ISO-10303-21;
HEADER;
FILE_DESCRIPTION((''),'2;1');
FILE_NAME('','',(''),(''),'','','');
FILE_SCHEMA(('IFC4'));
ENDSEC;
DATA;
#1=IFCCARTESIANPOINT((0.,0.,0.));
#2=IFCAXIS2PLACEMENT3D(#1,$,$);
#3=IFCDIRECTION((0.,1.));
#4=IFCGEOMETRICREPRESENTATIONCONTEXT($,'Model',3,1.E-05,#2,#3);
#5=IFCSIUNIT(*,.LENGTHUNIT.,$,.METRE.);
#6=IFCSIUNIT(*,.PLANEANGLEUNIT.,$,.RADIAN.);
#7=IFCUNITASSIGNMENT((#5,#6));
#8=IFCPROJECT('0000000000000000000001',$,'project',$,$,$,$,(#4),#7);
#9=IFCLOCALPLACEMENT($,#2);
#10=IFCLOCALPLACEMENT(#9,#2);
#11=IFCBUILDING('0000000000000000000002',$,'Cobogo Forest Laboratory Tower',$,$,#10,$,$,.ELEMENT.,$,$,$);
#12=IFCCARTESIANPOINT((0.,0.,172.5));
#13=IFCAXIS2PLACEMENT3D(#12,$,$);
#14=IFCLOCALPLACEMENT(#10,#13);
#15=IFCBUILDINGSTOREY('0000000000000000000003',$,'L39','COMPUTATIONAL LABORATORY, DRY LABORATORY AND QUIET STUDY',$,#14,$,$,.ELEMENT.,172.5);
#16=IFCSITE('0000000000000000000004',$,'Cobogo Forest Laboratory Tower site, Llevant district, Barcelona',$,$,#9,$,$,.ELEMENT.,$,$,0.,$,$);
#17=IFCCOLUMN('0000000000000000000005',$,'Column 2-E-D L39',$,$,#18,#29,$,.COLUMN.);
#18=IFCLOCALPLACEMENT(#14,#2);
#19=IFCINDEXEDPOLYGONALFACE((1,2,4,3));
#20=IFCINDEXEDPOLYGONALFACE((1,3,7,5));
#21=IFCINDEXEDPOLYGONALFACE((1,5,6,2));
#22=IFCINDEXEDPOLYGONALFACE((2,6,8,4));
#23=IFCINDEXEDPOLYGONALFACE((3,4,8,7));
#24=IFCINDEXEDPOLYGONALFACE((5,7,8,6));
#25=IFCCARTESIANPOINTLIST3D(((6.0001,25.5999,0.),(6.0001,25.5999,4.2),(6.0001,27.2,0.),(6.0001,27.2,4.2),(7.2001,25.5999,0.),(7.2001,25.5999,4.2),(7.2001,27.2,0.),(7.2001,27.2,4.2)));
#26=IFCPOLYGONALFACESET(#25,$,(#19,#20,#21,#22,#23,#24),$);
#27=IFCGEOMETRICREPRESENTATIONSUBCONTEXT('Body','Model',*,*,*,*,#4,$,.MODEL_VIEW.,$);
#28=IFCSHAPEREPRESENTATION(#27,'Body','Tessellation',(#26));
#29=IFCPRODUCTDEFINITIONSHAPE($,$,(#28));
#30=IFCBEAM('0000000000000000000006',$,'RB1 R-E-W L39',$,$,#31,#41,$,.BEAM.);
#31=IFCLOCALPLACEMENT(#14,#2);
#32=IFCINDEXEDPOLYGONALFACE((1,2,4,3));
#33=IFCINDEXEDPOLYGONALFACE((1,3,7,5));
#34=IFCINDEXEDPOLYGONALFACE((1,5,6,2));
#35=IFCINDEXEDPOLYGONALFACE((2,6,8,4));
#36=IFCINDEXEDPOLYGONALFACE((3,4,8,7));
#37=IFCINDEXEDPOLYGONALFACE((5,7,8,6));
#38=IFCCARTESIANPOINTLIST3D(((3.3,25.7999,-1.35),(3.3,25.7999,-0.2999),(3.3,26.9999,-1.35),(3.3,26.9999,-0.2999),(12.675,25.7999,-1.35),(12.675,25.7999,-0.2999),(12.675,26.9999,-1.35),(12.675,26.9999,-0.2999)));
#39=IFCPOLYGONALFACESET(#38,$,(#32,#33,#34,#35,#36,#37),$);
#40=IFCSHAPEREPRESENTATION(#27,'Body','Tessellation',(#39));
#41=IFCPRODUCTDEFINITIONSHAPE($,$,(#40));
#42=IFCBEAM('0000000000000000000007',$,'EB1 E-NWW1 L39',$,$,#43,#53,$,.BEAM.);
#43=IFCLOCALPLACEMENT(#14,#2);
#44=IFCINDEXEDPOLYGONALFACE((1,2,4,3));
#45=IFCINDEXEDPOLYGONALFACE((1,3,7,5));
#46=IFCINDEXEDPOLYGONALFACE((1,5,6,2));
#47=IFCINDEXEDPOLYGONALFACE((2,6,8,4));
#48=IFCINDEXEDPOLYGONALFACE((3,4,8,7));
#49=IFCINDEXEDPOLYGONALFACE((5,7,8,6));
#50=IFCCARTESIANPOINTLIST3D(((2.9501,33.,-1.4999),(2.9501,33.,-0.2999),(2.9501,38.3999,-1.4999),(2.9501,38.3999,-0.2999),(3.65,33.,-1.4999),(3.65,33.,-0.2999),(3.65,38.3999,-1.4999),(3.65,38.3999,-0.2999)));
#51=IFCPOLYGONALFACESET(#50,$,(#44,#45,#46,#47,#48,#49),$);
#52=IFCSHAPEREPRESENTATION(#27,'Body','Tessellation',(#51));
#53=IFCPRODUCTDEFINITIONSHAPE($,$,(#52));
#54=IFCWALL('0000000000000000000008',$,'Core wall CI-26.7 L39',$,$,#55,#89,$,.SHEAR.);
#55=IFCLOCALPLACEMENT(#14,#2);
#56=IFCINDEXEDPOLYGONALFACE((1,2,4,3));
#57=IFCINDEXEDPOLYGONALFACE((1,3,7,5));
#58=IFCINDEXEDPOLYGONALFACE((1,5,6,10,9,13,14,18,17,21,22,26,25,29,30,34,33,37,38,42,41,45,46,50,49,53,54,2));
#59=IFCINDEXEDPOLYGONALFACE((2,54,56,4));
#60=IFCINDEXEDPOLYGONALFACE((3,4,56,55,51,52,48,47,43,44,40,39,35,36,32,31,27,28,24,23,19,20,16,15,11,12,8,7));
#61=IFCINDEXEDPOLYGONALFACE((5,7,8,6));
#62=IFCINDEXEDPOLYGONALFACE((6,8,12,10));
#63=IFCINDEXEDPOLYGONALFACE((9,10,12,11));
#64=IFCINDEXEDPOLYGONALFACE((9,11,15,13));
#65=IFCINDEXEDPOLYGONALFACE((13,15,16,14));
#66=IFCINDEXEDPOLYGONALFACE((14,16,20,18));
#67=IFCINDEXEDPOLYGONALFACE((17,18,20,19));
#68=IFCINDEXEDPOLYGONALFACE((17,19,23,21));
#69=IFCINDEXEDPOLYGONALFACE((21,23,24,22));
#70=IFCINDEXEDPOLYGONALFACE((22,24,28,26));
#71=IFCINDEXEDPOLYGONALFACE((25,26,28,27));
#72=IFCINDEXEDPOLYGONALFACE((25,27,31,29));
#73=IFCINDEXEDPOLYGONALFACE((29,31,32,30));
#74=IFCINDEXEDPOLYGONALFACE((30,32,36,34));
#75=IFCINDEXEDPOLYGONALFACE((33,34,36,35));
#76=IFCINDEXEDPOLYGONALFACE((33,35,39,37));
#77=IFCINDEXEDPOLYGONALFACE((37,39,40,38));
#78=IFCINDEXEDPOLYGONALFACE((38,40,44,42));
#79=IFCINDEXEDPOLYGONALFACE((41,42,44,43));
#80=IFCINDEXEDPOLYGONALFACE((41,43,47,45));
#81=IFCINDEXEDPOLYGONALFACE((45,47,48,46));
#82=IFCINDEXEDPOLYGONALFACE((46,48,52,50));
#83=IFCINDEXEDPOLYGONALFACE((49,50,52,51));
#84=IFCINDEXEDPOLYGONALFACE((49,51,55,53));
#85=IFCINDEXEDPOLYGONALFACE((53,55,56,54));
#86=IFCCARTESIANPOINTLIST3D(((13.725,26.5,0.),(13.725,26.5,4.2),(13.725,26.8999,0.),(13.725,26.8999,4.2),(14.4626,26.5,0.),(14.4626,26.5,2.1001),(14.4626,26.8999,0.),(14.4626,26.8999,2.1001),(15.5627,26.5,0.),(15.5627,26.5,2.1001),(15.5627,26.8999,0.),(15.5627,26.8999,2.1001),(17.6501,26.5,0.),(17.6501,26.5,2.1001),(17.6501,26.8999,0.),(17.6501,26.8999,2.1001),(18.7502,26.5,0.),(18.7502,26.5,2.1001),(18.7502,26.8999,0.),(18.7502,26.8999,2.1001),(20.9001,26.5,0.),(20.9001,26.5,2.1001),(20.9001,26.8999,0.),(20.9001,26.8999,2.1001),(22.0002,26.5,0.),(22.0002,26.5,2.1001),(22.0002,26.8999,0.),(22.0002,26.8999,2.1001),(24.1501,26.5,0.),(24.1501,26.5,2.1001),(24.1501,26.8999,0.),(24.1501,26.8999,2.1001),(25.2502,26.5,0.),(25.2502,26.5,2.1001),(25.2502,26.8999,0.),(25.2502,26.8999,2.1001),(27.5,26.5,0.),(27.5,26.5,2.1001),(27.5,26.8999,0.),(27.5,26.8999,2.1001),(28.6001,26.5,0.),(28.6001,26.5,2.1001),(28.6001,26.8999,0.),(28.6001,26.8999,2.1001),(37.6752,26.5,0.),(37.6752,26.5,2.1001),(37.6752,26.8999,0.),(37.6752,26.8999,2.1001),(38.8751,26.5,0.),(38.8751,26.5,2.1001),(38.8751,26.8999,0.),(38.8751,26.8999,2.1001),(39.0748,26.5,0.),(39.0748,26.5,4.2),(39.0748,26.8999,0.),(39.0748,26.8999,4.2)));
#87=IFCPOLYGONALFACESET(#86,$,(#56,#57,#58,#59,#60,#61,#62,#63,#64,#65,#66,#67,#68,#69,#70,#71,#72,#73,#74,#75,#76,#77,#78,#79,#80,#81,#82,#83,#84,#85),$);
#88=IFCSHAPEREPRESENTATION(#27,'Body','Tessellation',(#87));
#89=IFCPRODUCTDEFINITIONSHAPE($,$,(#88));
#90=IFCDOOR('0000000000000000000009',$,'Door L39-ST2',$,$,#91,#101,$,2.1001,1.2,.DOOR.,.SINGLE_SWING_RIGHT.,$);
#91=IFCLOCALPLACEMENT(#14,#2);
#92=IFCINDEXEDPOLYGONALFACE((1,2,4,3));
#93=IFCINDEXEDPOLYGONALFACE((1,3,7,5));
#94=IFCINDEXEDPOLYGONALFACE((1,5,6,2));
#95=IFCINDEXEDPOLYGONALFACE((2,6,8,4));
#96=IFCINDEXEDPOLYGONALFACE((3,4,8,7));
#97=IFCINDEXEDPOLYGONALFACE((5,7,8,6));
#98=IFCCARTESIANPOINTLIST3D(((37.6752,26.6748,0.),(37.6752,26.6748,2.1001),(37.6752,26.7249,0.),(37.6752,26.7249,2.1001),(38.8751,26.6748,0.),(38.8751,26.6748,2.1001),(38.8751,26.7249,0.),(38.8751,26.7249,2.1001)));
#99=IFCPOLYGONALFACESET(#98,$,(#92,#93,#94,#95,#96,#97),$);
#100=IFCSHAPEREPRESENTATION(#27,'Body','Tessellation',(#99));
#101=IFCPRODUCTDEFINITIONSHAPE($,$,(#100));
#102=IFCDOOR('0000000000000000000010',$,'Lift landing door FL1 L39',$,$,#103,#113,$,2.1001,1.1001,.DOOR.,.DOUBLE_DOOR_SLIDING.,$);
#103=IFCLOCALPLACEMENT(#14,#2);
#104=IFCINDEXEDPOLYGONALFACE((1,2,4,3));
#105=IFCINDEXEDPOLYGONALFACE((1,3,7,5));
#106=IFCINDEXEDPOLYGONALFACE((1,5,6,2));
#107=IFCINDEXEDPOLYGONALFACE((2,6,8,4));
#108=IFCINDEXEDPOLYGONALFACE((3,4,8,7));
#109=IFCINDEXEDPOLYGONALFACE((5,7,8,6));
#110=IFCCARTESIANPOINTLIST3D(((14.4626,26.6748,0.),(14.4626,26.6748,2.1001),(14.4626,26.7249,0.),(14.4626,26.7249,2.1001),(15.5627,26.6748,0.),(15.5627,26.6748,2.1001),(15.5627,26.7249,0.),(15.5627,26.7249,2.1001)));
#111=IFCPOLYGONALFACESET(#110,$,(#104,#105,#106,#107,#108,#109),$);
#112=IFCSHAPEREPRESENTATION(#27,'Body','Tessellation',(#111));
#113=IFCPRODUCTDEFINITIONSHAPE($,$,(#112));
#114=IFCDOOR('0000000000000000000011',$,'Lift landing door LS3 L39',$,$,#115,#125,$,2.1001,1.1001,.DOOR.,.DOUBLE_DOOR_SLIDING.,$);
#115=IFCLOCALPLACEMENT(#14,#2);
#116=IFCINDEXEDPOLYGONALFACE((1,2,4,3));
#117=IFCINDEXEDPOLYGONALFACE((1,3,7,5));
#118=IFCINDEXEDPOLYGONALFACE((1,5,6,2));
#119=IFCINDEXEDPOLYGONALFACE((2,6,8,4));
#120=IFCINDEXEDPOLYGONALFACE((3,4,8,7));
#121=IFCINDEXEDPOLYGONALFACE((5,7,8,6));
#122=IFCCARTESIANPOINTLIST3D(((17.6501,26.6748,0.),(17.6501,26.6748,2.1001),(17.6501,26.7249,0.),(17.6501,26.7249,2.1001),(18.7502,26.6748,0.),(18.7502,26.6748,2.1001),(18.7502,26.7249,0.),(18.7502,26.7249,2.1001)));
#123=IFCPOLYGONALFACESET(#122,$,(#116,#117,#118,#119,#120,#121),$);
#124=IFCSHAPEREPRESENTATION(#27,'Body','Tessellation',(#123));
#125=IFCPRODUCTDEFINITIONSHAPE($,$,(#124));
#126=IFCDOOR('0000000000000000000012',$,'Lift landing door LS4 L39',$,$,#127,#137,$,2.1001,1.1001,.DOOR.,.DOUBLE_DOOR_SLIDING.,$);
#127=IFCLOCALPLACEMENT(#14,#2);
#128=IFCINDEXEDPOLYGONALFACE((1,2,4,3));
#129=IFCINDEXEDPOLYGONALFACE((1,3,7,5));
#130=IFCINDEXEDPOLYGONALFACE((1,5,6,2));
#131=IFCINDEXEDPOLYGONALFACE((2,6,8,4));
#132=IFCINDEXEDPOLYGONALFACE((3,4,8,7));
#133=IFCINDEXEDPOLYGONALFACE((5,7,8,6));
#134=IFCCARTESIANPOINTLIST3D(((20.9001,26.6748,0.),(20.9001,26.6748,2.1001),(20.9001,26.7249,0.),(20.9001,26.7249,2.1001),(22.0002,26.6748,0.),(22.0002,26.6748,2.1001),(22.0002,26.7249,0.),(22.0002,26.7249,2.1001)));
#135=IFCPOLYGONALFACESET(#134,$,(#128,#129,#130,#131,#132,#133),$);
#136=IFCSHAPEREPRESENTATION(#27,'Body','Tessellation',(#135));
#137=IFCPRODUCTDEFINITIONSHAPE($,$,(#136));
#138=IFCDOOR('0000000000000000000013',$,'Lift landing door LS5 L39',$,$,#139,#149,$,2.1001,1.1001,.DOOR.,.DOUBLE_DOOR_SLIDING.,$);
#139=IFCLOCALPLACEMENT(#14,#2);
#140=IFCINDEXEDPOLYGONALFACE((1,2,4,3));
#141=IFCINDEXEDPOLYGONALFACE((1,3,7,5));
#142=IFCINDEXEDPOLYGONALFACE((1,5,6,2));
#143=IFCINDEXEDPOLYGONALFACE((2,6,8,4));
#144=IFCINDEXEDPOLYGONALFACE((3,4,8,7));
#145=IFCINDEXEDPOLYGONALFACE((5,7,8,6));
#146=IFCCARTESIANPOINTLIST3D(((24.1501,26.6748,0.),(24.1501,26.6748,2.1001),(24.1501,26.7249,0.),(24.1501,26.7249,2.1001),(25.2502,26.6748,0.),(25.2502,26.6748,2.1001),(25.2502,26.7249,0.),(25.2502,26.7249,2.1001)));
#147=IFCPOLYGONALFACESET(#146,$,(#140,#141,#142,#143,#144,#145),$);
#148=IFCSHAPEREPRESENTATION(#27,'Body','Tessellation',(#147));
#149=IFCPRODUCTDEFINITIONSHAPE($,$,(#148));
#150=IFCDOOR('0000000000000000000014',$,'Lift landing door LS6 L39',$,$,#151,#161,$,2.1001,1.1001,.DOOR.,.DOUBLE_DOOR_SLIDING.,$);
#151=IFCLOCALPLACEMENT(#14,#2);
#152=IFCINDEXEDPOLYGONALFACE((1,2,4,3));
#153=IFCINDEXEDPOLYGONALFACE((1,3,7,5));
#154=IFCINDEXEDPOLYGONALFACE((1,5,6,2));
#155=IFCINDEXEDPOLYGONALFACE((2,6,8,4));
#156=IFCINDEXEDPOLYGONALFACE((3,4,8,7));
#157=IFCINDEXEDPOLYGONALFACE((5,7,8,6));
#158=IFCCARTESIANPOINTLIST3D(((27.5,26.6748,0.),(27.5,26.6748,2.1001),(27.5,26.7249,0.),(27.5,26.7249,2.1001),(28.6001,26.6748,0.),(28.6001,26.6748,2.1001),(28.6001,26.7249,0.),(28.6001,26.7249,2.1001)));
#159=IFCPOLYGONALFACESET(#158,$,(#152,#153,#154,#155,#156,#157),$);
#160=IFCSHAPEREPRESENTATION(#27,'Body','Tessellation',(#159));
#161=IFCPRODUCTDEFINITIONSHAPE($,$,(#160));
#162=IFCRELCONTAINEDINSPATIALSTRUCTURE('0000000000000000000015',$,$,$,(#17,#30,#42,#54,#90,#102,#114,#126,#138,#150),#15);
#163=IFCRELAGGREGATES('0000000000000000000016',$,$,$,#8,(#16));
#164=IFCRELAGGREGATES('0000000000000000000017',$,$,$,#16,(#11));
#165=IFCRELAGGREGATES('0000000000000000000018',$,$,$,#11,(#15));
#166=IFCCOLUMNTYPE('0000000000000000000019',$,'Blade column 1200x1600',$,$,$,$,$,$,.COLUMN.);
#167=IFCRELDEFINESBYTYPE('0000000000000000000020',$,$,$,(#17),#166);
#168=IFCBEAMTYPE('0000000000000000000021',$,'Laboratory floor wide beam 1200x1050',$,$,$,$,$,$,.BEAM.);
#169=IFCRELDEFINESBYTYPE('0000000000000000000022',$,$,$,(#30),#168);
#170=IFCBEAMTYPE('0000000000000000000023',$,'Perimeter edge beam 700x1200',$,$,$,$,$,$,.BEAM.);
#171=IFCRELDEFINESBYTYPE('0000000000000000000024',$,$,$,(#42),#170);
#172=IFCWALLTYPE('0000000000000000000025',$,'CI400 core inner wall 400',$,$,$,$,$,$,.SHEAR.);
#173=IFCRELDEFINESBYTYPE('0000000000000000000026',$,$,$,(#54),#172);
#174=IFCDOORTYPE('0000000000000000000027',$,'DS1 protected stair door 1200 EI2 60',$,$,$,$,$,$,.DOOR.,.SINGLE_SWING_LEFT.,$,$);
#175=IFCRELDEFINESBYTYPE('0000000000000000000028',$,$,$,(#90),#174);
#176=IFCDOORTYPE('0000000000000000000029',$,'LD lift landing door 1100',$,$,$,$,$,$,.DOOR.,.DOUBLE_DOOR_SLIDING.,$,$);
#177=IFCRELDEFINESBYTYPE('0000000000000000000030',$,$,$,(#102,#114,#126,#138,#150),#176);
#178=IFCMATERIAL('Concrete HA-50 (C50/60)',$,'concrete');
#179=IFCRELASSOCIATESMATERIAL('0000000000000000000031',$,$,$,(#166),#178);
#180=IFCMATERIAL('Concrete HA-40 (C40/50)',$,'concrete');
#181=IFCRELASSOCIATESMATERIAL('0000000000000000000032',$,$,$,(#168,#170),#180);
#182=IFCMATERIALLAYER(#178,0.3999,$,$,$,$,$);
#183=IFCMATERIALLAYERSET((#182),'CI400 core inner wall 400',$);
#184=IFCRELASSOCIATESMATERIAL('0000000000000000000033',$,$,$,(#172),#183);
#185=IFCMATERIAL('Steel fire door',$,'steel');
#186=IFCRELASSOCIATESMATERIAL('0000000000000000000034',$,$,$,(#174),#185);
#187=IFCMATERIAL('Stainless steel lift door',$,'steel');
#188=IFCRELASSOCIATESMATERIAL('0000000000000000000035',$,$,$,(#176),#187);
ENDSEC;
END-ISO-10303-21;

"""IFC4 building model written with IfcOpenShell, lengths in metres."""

from ifc_helpers import new_model, si_unit, direction, frame, frame_2d, origin, origin_2d, place, context, subcontext, project, spatial, rectangle, extrude, material, layer, layer_set, material_profile, profile_set, type_object, element, fill, save


model = new_model("IFC4")

# Units and contexts
model_context = context("Model", 3, precision=1e-05, world=origin(), true_north=direction((0.0, 1.0)))
body_context = subcontext(model_context, "Body", "Model", "MODEL_VIEW")
ifc_project = project(units=[si_unit("LENGTHUNIT", "METRE"), si_unit("PLANEANGLEUNIT", "RADIAN")], contexts=[model_context])

# Site, building, storey
site_placement = place(None, origin())
site = spatial("IfcSite", under=ifc_project, at=site_placement, Name="Cobogo Forest Laboratory Tower site, Llevant district, Barcelona", CompositionType="ELEMENT", RefElevation=0.0)
building_placement = place(site_placement, origin())
building = spatial("IfcBuilding", under=site, at=building_placement, Name="Cobogo Forest Laboratory Tower", CompositionType="ELEMENT")
storey_placement = place(building_placement, frame((0.0, 0.0, 172.5)))
storey = spatial("IfcBuildingStorey", under=building, at=storey_placement, Name="L39", Description="COMPUTATIONAL LABORATORY, DRY LABORATORY AND QUIET STUDY", CompositionType="ELEMENT", Elevation=172.5)

# Column
ifc_material_1 = material(Name="Concrete HA-50 (C50/60)", Category="concrete")
ifc_material_profile_1 = material_profile(ifc_material_1, rectangle(XDim=1.6001, YDim=1.2, at=origin_2d()), Name="RC 1200x1600")
ifc_profile_set_1 = profile_set([ifc_material_profile_1], Name="Concrete HA-50 (C50/60)")
column_type = type_object("IfcColumnType", Name="Blade column 1200x1600", PredefinedType="COLUMN", material=ifc_profile_set_1)
column_placement = place(storey_placement, frame((6.6001, 26.3999, 0.0), z_axis=(0.0, 0.0, 1.0), x_axis=(0.0, 1.0, 0.0)))
element("IfcColumn", 1, at=column_placement, inside=storey, type_object=column_type, Name="Column 2-E-D L39", PredefinedType="COLUMN", context=body_context, shape_type="SweptSolid", body=[
    extrude(rectangle(XDim=1.6001, YDim=1.2, at=origin_2d()), origin(), (0.0, 0.0, 1.0), 4.2),
])

# Beams
ifc_material_2 = material(Name="Concrete HA-40 (C40/50)", Category="concrete")
ifc_material_profile_2 = material_profile(ifc_material_2, rectangle(XDim=1.2, YDim=1.05, at=origin_2d()), Name="RC 1200x1050")
ifc_profile_set_2 = profile_set([ifc_material_profile_2], Name="Concrete HA-40 (C40/50)")
beam_type_1 = type_object("IfcBeamType", Name="Laboratory floor wide beam 1200x1050", PredefinedType="BEAM", material=ifc_profile_set_2)
beam_1_placement = place(storey_placement, frame((12.675, 26.3999, -0.825), z_axis=(-1.0, 0.0, 0.0), x_axis=(0.0, -1.0, 0.0)))
element("IfcBeam", 2, at=beam_1_placement, inside=storey, type_object=beam_type_1, Name="RB1 R-E-W L39", PredefinedType="BEAM", context=body_context, shape_type="SweptSolid", body=[
    extrude(rectangle(XDim=1.2, YDim=1.05, at=origin_2d()), origin(), (0.0, 0.0, 1.0), 9.375),
])
ifc_material_profile_3 = material_profile(ifc_material_2, rectangle(XDim=0.7, YDim=1.2, at=origin_2d()), Name="RC 700x1200")
ifc_profile_set_3 = profile_set([ifc_material_profile_3], Name="Concrete HA-40 (C40/50)")
beam_type_2 = type_object("IfcBeamType", Name="Perimeter edge beam 700x1200", PredefinedType="BEAM", material=ifc_profile_set_3)
beam_2_placement = place(storey_placement, frame((3.3, 33.0, -0.8999), z_axis=(0.0, 1.0, 0.0), x_axis=(-1.0, 0.0, 0.0)))
element("IfcBeam", 3, at=beam_2_placement, inside=storey, type_object=beam_type_2, Name="EB1 E-NWW1 L39", PredefinedType="BEAM", context=body_context, shape_type="SweptSolid", body=[
    extrude(rectangle(XDim=0.7, YDim=1.2, at=origin_2d()), origin(), (0.0, 0.0, 1.0), 5.3999),
])

# Wall, openings, doors
ifc_layer_1 = layer(ifc_material_1, 0.3999)
ifc_layer_set_1 = layer_set([ifc_layer_1], Name="CI400 core inner wall 400")
wall_type_1 = type_object("IfcWallType", Name="CI400 core inner wall 400", PredefinedType="SHEAR", material=ifc_layer_set_1)
wall_1_placement = place(storey_placement, frame((13.7251, 26.7, 0.0), z_axis=(0.0, 0.0, 1.0), x_axis=(1.0, 0.0, 0.0)))
wall_1 = element("IfcWall", 4, at=wall_1_placement, inside=storey, type_object=wall_type_1, Name="Core wall CI-26.7 L39", PredefinedType="SHEAR", context=body_context, shape_type="SweptSolid", body=[
    extrude(rectangle(XDim=25.3499, YDim=0.3999, at=frame_2d((12.6748, 0.0))), origin(), (0.0, 0.0, 1.0), 4.2),
])
opening_1_placement = place(wall_1_placement, frame((23.95, 0.0, 0.0)))
opening_1 = element("IfcOpeningElement", 5, at=opening_1_placement, cuts=wall_1, PredefinedType="OPENING", context=body_context, shape_type="SweptSolid", body=[
    extrude(rectangle(XDim=1.2, YDim=2.1001, at=frame_2d((0.6001, 1.05))), frame((0.0, 0.21, 0.0), z_axis=(0.0, -1.0, 0.0), x_axis=(1.0, 0.0, 0.0)), (0.0, 0.0, 1.0), 0.4199),
])
opening_2_placement = place(wall_1_placement, frame((0.7375, 0.0, 0.0)))
opening_2 = element("IfcOpeningElement", 6, at=opening_2_placement, cuts=wall_1, PredefinedType="OPENING", context=body_context, shape_type="SweptSolid", body=[
    extrude(rectangle(XDim=1.1001, YDim=2.1001, at=frame_2d((0.55, 1.05))), frame((0.0, 0.21, 0.0), z_axis=(0.0, -1.0, 0.0), x_axis=(1.0, 0.0, 0.0)), (0.0, 0.0, 1.0), 0.4199),
])
opening_3_placement = place(wall_1_placement, frame((3.925, 0.0, 0.0)))
opening_3 = element("IfcOpeningElement", 7, at=opening_3_placement, cuts=wall_1, PredefinedType="OPENING", context=body_context, shape_type="SweptSolid", body=[
    extrude(rectangle(XDim=1.1001, YDim=2.1001, at=frame_2d((0.55, 1.05))), frame((0.0, 0.21, 0.0), z_axis=(0.0, -1.0, 0.0), x_axis=(1.0, 0.0, 0.0)), (0.0, 0.0, 1.0), 0.4199),
])
opening_4_placement = place(wall_1_placement, frame((7.175, 0.0, 0.0)))
opening_4 = element("IfcOpeningElement", 8, at=opening_4_placement, cuts=wall_1, PredefinedType="OPENING", context=body_context, shape_type="SweptSolid", body=[
    extrude(rectangle(XDim=1.1001, YDim=2.1001, at=frame_2d((0.55, 1.05))), frame((0.0, 0.21, 0.0), z_axis=(0.0, -1.0, 0.0), x_axis=(1.0, 0.0, 0.0)), (0.0, 0.0, 1.0), 0.4199),
])
opening_5_placement = place(wall_1_placement, frame((10.425, 0.0, 0.0)))
opening_5 = element("IfcOpeningElement", 9, at=opening_5_placement, cuts=wall_1, PredefinedType="OPENING", context=body_context, shape_type="SweptSolid", body=[
    extrude(rectangle(XDim=1.1001, YDim=2.1001, at=frame_2d((0.55, 1.05))), frame((0.0, 0.21, 0.0), z_axis=(0.0, -1.0, 0.0), x_axis=(1.0, 0.0, 0.0)), (0.0, 0.0, 1.0), 0.4199),
])
opening_6_placement = place(wall_1_placement, frame((13.7749, 0.0, 0.0)))
opening_6 = element("IfcOpeningElement", 10, at=opening_6_placement, cuts=wall_1, PredefinedType="OPENING", context=body_context, shape_type="SweptSolid", body=[
    extrude(rectangle(XDim=1.1001, YDim=2.1001, at=frame_2d((0.55, 1.05))), frame((0.0, 0.21, 0.0), z_axis=(0.0, -1.0, 0.0), x_axis=(1.0, 0.0, 0.0)), (0.0, 0.0, 1.0), 0.4199),
])
ifc_material_3 = material(Name="Steel fire door", Category="steel")
door_type_1 = type_object("IfcDoorType", Name="DS1 protected stair door 1200 EI2 60", OperationType="SINGLE_SWING_LEFT", PredefinedType="DOOR", material=ifc_material_3)
door_1_placement = place(opening_1_placement, origin())
door_1 = element("IfcDoor", 11, at=door_1_placement, inside=storey, type_object=door_type_1, Name="Door L39-ST2", OperationType="SINGLE_SWING_RIGHT", OverallHeight=2.1001, OverallWidth=1.2, PredefinedType="DOOR", context=body_context, shape_type="SweptSolid", body=[
    extrude(rectangle(XDim=1.2, YDim=2.1001, at=frame_2d((0.6001, 1.05))), frame((0.0, 0.0249, 0.0), z_axis=(0.0, -1.0, 0.0), x_axis=(1.0, 0.0, 0.0)), (0.0, 0.0, 1.0), 0.05),
])
fill(opening_1, door_1)
ifc_material_4 = material(Name="Stainless steel lift door", Category="steel")
door_type_2 = type_object("IfcDoorType", Name="LD lift landing door 1100", OperationType="DOUBLE_DOOR_SLIDING", PredefinedType="DOOR", material=ifc_material_4)
door_2_placement = place(opening_2_placement, origin())
door_2 = element("IfcDoor", 12, at=door_2_placement, inside=storey, type_object=door_type_2, Name="Lift landing door FL1 L39", OperationType="DOUBLE_DOOR_SLIDING", OverallHeight=2.1001, OverallWidth=1.1001, PredefinedType="DOOR", context=body_context, shape_type="SweptSolid", body=[
    extrude(rectangle(XDim=1.1001, YDim=2.1001, at=frame_2d((0.55, 1.05))), frame((0.0, 0.0249, 0.0), z_axis=(0.0, -1.0, 0.0), x_axis=(1.0, 0.0, 0.0)), (0.0, 0.0, 1.0), 0.05),
])
fill(opening_2, door_2)
door_3_placement = place(opening_3_placement, origin())
door_3 = element("IfcDoor", 13, at=door_3_placement, inside=storey, type_object=door_type_2, Name="Lift landing door LS3 L39", OperationType="DOUBLE_DOOR_SLIDING", OverallHeight=2.1001, OverallWidth=1.1001, PredefinedType="DOOR", context=body_context, shape_type="SweptSolid", body=[
    extrude(rectangle(XDim=1.1001, YDim=2.1001, at=frame_2d((0.55, 1.05))), frame((0.0, 0.0249, 0.0), z_axis=(0.0, -1.0, 0.0), x_axis=(1.0, 0.0, 0.0)), (0.0, 0.0, 1.0), 0.05),
])
fill(opening_3, door_3)
door_4_placement = place(opening_4_placement, origin())
door_4 = element("IfcDoor", 14, at=door_4_placement, inside=storey, type_object=door_type_2, Name="Lift landing door LS4 L39", OperationType="DOUBLE_DOOR_SLIDING", OverallHeight=2.1001, OverallWidth=1.1001, PredefinedType="DOOR", context=body_context, shape_type="SweptSolid", body=[
    extrude(rectangle(XDim=1.1001, YDim=2.1001, at=frame_2d((0.55, 1.05))), frame((0.0, 0.0249, 0.0), z_axis=(0.0, -1.0, 0.0), x_axis=(1.0, 0.0, 0.0)), (0.0, 0.0, 1.0), 0.05),
])
fill(opening_4, door_4)
door_5_placement = place(opening_5_placement, origin())
door_5 = element("IfcDoor", 15, at=door_5_placement, inside=storey, type_object=door_type_2, Name="Lift landing door LS5 L39", OperationType="DOUBLE_DOOR_SLIDING", OverallHeight=2.1001, OverallWidth=1.1001, PredefinedType="DOOR", context=body_context, shape_type="SweptSolid", body=[
    extrude(rectangle(XDim=1.1001, YDim=2.1001, at=frame_2d((0.55, 1.05))), frame((0.0, 0.0249, 0.0), z_axis=(0.0, -1.0, 0.0), x_axis=(1.0, 0.0, 0.0)), (0.0, 0.0, 1.0), 0.05),
])
fill(opening_5, door_5)
door_6_placement = place(opening_6_placement, origin())
door_6 = element("IfcDoor", 16, at=door_6_placement, inside=storey, type_object=door_type_2, Name="Lift landing door LS6 L39", OperationType="DOUBLE_DOOR_SLIDING", OverallHeight=2.1001, OverallWidth=1.1001, PredefinedType="DOOR", context=body_context, shape_type="SweptSolid", body=[
    extrude(rectangle(XDim=1.1001, YDim=2.1001, at=frame_2d((0.55, 1.05))), frame((0.0, 0.0249, 0.0), z_axis=(0.0, -1.0, 0.0), x_axis=(1.0, 0.0, 0.0)), (0.0, 0.0, 1.0), 0.05),
])
fill(opening_6, door_6)

save(model, "model.ifc")
